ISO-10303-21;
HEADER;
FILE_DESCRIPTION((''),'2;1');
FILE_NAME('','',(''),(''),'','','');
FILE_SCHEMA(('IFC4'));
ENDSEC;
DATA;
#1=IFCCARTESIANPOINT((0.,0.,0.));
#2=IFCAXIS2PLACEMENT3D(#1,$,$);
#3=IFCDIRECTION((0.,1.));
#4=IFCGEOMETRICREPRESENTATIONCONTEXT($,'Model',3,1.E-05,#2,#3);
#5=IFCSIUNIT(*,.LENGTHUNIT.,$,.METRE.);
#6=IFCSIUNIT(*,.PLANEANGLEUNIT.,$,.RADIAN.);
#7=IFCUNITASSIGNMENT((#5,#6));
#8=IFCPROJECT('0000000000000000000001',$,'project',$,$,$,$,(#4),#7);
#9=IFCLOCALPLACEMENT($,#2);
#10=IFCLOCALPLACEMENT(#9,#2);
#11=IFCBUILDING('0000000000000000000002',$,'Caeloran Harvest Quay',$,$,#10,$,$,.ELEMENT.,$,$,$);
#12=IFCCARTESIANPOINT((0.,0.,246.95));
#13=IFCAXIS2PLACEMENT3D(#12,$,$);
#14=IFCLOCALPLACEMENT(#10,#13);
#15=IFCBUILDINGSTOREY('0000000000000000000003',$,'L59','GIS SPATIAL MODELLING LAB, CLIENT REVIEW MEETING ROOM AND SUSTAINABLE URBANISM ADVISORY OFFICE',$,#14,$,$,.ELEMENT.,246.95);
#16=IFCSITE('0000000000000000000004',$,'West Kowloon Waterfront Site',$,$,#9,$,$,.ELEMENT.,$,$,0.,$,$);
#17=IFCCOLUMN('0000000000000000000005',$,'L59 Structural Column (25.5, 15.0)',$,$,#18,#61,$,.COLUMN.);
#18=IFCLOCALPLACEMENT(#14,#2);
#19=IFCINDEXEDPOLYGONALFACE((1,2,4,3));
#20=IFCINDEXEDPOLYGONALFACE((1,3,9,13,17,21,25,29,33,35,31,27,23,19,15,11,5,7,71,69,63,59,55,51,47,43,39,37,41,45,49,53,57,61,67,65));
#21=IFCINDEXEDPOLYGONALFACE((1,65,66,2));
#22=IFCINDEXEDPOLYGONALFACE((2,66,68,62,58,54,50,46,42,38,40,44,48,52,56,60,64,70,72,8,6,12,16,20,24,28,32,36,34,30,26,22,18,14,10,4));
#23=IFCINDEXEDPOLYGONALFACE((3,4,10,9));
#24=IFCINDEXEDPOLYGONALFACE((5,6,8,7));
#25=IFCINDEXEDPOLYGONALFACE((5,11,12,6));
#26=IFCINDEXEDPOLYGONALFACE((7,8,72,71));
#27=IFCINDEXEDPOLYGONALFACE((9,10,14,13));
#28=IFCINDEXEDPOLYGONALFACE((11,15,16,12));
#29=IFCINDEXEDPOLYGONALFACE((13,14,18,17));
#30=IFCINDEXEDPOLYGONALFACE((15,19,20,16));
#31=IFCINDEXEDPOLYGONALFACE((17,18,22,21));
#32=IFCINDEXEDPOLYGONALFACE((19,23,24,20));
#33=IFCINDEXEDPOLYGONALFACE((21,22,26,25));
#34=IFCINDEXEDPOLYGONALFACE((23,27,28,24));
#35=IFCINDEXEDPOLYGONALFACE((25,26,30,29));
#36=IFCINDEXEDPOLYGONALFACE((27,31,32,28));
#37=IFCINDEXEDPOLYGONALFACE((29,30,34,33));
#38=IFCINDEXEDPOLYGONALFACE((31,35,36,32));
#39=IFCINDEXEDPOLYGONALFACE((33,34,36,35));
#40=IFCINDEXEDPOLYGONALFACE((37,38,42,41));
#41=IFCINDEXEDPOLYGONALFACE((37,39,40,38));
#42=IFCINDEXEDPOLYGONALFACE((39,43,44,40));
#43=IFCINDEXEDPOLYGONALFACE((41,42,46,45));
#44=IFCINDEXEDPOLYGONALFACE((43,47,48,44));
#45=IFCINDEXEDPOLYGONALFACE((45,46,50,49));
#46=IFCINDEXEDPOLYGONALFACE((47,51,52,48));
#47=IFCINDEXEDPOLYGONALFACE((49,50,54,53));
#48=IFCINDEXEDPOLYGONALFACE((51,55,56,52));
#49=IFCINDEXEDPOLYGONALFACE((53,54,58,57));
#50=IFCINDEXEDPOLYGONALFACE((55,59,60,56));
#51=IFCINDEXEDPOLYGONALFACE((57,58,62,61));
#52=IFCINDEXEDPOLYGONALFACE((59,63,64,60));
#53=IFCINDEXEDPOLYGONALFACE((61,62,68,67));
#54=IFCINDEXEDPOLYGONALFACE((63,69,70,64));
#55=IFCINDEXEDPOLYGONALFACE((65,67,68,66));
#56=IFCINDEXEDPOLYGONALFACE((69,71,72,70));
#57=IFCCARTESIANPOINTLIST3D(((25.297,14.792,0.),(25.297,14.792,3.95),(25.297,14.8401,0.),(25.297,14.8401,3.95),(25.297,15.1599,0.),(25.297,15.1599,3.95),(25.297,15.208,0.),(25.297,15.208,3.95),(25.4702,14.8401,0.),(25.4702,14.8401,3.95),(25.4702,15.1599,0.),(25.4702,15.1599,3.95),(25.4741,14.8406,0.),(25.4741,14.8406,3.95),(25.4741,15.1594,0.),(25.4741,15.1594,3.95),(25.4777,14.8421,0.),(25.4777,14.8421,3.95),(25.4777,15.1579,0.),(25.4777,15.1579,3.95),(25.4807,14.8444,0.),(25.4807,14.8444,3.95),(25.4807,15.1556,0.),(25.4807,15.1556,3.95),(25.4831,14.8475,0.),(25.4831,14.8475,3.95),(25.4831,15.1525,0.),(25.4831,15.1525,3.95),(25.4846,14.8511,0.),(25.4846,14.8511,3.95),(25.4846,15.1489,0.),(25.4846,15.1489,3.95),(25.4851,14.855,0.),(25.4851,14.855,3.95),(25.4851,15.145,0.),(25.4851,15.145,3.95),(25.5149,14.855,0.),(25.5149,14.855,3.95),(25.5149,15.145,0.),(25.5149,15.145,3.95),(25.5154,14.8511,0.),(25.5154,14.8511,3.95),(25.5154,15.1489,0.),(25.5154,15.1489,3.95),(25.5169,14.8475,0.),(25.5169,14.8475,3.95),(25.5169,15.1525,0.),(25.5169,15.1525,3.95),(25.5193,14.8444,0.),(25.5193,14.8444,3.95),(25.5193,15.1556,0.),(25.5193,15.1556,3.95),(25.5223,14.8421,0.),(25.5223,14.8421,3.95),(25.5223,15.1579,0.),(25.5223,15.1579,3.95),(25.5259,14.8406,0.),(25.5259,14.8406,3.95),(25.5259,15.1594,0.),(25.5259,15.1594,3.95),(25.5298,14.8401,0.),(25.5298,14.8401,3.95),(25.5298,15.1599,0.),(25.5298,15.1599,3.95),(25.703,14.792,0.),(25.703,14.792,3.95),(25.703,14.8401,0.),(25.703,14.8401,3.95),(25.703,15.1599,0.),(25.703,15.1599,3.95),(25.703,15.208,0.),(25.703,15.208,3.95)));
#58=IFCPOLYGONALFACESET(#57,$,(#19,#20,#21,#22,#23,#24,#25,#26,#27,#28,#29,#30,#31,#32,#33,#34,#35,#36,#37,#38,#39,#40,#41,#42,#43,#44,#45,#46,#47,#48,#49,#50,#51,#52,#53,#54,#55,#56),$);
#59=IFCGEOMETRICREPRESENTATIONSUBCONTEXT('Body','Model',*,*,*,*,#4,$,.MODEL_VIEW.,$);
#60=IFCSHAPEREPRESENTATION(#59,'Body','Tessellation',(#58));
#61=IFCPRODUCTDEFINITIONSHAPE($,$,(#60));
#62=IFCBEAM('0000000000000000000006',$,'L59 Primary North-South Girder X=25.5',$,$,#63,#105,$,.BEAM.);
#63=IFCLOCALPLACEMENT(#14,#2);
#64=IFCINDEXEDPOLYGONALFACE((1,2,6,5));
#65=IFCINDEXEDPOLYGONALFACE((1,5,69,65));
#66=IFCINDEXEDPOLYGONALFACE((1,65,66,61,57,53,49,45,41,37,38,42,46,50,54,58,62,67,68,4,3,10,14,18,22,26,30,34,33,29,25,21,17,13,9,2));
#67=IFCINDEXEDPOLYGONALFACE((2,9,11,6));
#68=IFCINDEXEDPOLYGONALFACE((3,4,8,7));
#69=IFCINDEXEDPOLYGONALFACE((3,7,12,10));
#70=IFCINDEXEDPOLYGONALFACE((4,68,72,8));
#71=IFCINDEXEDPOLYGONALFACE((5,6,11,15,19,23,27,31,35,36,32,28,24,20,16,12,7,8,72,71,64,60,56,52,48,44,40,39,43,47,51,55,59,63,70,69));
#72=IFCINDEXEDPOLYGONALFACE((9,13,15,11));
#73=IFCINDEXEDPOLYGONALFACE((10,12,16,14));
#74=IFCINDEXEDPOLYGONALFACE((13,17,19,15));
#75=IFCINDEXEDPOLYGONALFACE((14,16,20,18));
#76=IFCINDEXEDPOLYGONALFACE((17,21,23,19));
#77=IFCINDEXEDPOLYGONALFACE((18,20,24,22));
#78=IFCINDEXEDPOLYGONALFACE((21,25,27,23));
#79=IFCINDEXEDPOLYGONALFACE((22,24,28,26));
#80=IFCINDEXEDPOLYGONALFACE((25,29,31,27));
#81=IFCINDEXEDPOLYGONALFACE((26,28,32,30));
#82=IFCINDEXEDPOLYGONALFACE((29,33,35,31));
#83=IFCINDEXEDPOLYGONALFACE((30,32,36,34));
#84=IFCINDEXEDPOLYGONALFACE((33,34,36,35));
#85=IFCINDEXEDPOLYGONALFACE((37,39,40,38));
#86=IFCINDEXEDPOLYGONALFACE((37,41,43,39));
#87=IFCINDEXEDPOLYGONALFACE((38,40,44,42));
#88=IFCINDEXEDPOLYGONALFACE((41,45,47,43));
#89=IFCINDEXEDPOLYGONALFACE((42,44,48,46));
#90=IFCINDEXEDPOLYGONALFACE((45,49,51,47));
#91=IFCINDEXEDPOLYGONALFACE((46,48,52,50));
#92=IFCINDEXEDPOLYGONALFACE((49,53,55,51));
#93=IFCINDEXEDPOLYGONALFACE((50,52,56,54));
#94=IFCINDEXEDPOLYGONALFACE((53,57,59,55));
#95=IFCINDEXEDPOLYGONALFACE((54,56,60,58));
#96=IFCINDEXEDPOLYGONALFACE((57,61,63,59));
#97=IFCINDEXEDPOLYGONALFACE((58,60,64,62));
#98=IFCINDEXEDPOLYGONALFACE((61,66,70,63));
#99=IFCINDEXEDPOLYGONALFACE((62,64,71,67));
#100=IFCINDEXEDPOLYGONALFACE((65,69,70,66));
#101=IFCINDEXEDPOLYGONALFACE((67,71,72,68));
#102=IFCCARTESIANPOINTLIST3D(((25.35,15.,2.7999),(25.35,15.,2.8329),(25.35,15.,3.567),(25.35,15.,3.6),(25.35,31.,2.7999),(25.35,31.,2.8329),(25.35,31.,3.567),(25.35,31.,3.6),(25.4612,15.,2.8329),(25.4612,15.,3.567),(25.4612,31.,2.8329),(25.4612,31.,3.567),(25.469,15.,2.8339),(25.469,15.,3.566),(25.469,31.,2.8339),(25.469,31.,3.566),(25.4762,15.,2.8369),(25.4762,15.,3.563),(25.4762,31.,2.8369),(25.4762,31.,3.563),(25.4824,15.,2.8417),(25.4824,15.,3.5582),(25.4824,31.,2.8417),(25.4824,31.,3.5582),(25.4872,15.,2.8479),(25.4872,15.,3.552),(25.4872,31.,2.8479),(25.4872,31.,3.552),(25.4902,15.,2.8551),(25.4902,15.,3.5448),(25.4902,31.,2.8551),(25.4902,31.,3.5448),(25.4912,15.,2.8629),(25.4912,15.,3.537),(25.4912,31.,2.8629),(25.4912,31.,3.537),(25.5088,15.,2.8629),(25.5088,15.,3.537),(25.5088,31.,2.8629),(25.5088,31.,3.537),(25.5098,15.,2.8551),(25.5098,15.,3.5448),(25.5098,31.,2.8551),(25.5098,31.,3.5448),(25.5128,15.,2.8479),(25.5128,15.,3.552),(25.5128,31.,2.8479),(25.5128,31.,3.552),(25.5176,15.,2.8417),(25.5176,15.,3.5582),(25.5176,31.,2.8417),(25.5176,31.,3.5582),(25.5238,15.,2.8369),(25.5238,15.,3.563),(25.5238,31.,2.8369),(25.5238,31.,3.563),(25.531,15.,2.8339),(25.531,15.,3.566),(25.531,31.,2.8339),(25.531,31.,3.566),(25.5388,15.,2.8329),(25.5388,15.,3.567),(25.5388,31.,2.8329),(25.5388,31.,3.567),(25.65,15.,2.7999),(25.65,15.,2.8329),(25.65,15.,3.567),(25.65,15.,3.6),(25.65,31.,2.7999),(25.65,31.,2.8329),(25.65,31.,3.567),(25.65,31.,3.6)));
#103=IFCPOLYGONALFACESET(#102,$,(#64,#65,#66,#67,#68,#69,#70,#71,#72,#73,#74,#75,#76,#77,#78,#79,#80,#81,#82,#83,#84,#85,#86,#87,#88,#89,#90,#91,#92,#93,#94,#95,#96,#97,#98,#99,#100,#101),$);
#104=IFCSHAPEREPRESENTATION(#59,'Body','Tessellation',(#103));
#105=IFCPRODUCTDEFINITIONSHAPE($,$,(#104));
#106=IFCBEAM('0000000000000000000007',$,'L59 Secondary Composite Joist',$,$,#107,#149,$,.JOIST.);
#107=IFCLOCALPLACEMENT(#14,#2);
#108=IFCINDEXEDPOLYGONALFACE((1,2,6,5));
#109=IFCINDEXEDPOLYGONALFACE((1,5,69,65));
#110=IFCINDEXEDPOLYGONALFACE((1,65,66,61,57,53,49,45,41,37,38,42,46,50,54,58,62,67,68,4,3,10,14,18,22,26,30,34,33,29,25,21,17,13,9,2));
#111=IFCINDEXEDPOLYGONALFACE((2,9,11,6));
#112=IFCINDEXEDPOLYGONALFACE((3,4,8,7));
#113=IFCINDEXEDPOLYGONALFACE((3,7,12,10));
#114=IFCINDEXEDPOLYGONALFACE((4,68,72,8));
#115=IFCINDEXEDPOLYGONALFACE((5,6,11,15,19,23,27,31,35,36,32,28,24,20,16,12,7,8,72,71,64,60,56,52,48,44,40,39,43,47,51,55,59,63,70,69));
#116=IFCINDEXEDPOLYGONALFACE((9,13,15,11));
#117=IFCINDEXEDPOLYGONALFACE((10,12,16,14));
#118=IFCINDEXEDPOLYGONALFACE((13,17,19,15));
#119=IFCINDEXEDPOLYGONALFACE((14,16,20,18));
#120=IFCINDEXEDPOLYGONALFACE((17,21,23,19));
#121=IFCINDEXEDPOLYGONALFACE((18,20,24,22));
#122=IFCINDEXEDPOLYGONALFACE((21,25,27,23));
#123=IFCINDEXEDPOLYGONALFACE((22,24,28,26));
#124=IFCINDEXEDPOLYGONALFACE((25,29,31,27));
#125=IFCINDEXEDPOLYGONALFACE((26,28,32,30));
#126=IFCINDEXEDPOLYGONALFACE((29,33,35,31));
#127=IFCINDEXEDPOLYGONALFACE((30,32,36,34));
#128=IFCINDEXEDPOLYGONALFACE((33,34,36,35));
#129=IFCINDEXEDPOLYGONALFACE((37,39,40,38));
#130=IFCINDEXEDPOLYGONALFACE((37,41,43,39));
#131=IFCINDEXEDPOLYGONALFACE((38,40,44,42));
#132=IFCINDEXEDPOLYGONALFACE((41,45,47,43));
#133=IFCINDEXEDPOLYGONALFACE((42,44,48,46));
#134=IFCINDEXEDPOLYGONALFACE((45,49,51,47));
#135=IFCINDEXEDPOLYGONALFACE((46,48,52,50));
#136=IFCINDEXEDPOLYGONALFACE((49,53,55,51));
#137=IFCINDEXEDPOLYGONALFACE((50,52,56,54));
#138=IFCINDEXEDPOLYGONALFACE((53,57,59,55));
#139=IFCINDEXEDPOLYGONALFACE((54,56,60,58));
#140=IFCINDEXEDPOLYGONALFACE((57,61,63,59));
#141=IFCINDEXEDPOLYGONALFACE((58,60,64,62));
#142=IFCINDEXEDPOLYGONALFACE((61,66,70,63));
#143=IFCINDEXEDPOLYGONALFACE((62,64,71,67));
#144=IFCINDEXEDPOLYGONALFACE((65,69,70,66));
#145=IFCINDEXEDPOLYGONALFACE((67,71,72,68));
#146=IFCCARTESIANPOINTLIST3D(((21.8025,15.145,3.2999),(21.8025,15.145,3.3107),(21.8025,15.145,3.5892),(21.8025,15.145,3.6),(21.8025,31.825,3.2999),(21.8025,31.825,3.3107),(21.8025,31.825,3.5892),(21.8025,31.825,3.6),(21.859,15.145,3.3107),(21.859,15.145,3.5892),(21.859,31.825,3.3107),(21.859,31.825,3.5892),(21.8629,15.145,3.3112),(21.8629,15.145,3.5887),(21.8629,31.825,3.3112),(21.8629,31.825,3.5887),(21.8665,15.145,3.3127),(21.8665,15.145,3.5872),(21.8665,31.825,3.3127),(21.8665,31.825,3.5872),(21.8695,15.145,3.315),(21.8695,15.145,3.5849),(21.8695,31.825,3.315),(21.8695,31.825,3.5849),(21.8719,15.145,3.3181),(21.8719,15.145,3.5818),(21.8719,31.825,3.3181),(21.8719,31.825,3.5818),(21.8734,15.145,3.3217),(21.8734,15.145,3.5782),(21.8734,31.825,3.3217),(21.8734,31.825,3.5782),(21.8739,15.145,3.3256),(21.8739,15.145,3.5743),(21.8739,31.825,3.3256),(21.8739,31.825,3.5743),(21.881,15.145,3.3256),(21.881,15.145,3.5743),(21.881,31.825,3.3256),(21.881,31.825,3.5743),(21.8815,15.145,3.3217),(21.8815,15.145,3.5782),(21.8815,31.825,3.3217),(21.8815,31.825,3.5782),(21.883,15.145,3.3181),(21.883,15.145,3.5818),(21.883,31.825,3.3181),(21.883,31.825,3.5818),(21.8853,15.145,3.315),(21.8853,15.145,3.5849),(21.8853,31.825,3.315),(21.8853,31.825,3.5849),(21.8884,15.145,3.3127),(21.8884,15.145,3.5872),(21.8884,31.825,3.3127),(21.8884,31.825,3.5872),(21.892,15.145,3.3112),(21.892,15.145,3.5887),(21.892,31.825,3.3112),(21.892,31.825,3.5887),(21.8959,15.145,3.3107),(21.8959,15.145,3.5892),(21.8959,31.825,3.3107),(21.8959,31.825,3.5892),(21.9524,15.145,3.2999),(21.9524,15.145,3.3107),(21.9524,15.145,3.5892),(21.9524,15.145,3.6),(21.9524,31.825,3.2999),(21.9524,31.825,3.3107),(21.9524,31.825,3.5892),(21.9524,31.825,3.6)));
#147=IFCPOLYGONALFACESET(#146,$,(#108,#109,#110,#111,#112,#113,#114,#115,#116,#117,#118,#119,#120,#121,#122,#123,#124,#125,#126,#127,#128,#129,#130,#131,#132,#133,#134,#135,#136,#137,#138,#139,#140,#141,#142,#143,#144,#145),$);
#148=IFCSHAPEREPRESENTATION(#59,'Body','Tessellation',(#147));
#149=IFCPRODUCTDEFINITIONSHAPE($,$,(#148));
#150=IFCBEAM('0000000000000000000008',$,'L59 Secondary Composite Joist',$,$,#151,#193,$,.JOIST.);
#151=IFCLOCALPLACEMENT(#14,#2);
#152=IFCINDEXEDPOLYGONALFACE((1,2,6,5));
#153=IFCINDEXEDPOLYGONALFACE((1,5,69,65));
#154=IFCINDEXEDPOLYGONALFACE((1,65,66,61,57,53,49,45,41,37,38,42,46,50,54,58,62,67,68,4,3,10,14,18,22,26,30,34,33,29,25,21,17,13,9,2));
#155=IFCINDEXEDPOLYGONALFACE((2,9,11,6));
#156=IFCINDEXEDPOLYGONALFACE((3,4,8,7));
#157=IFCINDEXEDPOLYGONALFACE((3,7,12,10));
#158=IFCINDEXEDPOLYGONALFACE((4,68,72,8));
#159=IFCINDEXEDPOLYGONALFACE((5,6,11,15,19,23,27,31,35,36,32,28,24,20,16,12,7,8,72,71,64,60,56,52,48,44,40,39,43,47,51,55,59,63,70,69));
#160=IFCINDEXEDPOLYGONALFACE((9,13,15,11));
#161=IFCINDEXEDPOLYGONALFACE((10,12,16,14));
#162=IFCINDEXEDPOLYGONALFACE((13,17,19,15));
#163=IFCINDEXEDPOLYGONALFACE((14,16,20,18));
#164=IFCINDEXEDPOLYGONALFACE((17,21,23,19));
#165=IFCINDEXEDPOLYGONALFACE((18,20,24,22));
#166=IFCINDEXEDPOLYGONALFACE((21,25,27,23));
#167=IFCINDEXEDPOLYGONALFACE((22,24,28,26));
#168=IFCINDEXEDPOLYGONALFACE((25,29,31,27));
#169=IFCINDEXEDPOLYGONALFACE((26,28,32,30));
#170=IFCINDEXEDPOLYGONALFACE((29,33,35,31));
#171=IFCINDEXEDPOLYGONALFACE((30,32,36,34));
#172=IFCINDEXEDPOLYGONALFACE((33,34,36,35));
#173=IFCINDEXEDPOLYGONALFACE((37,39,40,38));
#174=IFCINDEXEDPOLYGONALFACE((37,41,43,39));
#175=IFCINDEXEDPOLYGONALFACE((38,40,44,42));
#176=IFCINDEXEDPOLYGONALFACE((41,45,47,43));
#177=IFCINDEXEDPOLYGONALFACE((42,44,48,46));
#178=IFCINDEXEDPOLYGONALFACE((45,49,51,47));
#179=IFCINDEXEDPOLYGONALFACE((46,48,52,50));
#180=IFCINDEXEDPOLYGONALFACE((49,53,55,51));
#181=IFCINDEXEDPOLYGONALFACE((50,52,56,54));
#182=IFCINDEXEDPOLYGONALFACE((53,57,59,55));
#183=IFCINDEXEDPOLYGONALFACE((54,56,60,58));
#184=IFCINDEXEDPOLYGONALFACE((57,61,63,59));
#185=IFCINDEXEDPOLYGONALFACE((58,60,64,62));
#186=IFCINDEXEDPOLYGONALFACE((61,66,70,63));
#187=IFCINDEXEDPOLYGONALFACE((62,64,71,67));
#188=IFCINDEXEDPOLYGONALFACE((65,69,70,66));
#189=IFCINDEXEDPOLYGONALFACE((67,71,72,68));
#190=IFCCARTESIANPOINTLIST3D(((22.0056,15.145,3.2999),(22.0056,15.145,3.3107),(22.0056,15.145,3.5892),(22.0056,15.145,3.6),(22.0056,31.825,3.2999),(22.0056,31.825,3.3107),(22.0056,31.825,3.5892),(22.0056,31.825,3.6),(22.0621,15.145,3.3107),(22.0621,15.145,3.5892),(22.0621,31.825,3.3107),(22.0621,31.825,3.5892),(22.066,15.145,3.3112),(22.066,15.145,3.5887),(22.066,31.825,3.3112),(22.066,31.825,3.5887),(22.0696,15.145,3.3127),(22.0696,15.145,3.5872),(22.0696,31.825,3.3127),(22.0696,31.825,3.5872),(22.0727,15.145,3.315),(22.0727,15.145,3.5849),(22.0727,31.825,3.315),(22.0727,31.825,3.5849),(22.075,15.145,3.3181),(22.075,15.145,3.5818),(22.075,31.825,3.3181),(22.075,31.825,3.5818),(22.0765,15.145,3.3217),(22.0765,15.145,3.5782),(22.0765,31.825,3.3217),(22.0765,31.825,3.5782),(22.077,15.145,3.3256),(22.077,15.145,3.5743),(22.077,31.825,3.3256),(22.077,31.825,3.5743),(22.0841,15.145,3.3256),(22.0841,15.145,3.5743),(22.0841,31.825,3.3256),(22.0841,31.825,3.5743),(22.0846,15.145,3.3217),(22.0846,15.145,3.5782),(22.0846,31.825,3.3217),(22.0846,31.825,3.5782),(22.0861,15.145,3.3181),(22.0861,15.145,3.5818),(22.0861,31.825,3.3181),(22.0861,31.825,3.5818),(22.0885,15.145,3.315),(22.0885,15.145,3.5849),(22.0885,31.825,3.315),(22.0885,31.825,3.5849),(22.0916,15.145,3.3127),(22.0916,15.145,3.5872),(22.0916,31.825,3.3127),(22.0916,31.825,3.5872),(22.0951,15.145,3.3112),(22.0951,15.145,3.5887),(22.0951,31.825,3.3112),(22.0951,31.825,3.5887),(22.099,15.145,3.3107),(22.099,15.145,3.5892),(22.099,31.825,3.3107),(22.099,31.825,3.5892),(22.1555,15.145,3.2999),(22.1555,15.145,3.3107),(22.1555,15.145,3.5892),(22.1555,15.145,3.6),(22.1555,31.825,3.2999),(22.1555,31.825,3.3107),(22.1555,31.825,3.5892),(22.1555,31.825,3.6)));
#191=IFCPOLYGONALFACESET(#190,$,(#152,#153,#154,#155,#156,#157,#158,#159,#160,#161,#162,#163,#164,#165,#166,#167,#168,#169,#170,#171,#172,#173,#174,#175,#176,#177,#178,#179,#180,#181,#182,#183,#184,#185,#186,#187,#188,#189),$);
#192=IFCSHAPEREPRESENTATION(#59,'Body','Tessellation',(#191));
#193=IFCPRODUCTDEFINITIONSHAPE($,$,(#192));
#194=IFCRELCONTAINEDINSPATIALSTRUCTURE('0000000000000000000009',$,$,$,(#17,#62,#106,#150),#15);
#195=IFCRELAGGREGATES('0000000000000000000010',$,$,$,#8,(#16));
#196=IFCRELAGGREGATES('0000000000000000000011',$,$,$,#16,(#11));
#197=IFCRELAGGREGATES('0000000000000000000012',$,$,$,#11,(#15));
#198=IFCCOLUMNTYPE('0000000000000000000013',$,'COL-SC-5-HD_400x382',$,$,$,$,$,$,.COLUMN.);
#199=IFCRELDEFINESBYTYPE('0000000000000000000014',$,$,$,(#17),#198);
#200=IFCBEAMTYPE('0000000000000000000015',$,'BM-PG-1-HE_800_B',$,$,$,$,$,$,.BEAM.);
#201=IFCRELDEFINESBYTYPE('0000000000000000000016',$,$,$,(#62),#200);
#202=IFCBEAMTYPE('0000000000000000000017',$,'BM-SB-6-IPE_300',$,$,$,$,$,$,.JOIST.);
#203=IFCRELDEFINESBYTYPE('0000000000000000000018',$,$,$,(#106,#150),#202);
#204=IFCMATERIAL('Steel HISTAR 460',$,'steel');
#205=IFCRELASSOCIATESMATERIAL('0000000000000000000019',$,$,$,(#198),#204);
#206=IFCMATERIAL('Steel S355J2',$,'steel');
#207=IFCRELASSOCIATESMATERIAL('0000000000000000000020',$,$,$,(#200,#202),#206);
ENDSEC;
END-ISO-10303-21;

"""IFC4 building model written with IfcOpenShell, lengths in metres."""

from ifc_helpers import new_model, si_unit, direction, frame, origin, origin_2d, place, context, subcontext, project, spatial, i_section, extrude, material, material_profile, profile_set, type_object, element, save


model = new_model("IFC4")

# Units and contexts
model_context = context("Model", 3, precision=1e-05, world=origin(), true_north=direction((0.0, 1.0)))
body_context = subcontext(model_context, "Body", "Model", "MODEL_VIEW")
ifc_project = project(units=[si_unit("LENGTHUNIT", "METRE"), si_unit("PLANEANGLEUNIT", "RADIAN")], contexts=[model_context])

# Site, building, storey
site_placement = place(None, origin())
site = spatial("IfcSite", under=ifc_project, at=site_placement, Name="West Kowloon Waterfront Site", CompositionType="ELEMENT", RefElevation=0.0)
building_placement = place(site_placement, origin())
building = spatial("IfcBuilding", under=site, at=building_placement, Name="Caeloran Harvest Quay", CompositionType="ELEMENT")
storey_placement = place(building_placement, frame((0.0, 0.0, 246.95)))
storey = spatial("IfcBuildingStorey", under=building, at=storey_placement, Name="L59", Description="GIS SPATIAL MODELLING LAB, CLIENT REVIEW MEETING ROOM AND SUSTAINABLE URBANISM ADVISORY OFFICE", CompositionType="ELEMENT", Elevation=246.95)

# Column
ifc_material_1 = material(Name="Steel HISTAR 460", Category="steel")
ifc_material_profile_1 = material_profile(ifc_material_1, i_section(OverallWidth=0.406, OverallDepth=0.416, WebThickness=0.0298, FlangeThickness=0.0481, FilletRadius=0.0149, at=origin_2d()), Name="HD 400x382")
ifc_profile_set_1 = profile_set([ifc_material_profile_1], Name="Steel HISTAR 460")
column_type = type_object("IfcColumnType", Name="COL-SC-5-HD_400x382", PredefinedType="COLUMN", material=ifc_profile_set_1)
column_placement = place(storey_placement, frame((25.5, 15.0, 0.0), z_axis=(0.0, 0.0, 1.0), x_axis=(1.0, 0.0, 0.0)))
element("IfcColumn", 1, at=column_placement, inside=storey, type_object=column_type, Name="L59 Structural Column (25.5, 15.0)", PredefinedType="COLUMN", context=body_context, shape_type="SweptSolid", body=[
    extrude(i_section(OverallWidth=0.406, OverallDepth=0.416, WebThickness=0.0298, FlangeThickness=0.0481, FilletRadius=0.0149, at=origin_2d()), origin(), (0.0, 0.0, 1.0), 3.95),
])

# Beams
ifc_material_2 = material(Name="Steel S355J2", Category="steel")
ifc_material_profile_2 = material_profile(ifc_material_2, i_section(OverallWidth=0.3, OverallDepth=0.8, WebThickness=0.0176, FlangeThickness=0.033, FilletRadius=0.03, at=origin_2d()), Name="HE 800 B")
ifc_profile_set_2 = profile_set([ifc_material_profile_2], Name="Steel S355J2")
beam_type_1 = type_object("IfcBeamType", Name="BM-PG-1-HE_800_B", PredefinedType="BEAM", material=ifc_profile_set_2)
beam_placement = place(storey_placement, frame((25.5, 15.0, 3.2), z_axis=(0.0, 1.0, 0.0), x_axis=(-1.0, 0.0, 0.0)))
element("IfcBeam", 2, at=beam_placement, inside=storey, type_object=beam_type_1, Name="L59 Primary North-South Girder X=25.5", PredefinedType="BEAM", context=body_context, shape_type="SweptSolid", body=[
    extrude(i_section(OverallWidth=0.3, OverallDepth=0.8, WebThickness=0.0176, FlangeThickness=0.033, FilletRadius=0.03, at=origin_2d()), origin(), (0.0, 0.0, 1.0), 16.0),
])
ifc_material_profile_3 = material_profile(ifc_material_2, i_section(OverallWidth=0.1499, OverallDepth=0.3, WebThickness=0.0071, FlangeThickness=0.0107, FilletRadius=0.0149, at=origin_2d()), Name="IPE 300")
ifc_profile_set_3 = profile_set([ifc_material_profile_3], Name="Steel S355J2")
beam_type_2 = type_object("IfcBeamType", Name="BM-SB-6-IPE_300", PredefinedType="JOIST", material=ifc_profile_set_3)
for number, where, z_axis, x_axis, name in (
    (3, (21.8774, 15.145, 3.45), (0.0, 1.0, 0.0), (-1.0, 0.0, 0.0), "L59 Secondary Composite Joist"),
    (4, (22.0806, 15.145, 3.45), (0.0, 1.0, 0.0), (-1.0, 0.0, 0.0), "L59 Secondary Composite Joist"),
):
    element("IfcBeam", number, at=place(storey_placement, frame(where, z_axis=z_axis, x_axis=x_axis)), inside=storey, type_object=beam_type_2, Name=name, PredefinedType="JOIST", context=body_context, shape_type="SweptSolid", body=[
        extrude(i_section(OverallWidth=0.1499, OverallDepth=0.3, WebThickness=0.0071, FlangeThickness=0.0107, FilletRadius=0.0149, at=origin_2d()), origin(), (0.0, 0.0, 1.0), 16.6799),
    ])

save(model, "model.ifc")
